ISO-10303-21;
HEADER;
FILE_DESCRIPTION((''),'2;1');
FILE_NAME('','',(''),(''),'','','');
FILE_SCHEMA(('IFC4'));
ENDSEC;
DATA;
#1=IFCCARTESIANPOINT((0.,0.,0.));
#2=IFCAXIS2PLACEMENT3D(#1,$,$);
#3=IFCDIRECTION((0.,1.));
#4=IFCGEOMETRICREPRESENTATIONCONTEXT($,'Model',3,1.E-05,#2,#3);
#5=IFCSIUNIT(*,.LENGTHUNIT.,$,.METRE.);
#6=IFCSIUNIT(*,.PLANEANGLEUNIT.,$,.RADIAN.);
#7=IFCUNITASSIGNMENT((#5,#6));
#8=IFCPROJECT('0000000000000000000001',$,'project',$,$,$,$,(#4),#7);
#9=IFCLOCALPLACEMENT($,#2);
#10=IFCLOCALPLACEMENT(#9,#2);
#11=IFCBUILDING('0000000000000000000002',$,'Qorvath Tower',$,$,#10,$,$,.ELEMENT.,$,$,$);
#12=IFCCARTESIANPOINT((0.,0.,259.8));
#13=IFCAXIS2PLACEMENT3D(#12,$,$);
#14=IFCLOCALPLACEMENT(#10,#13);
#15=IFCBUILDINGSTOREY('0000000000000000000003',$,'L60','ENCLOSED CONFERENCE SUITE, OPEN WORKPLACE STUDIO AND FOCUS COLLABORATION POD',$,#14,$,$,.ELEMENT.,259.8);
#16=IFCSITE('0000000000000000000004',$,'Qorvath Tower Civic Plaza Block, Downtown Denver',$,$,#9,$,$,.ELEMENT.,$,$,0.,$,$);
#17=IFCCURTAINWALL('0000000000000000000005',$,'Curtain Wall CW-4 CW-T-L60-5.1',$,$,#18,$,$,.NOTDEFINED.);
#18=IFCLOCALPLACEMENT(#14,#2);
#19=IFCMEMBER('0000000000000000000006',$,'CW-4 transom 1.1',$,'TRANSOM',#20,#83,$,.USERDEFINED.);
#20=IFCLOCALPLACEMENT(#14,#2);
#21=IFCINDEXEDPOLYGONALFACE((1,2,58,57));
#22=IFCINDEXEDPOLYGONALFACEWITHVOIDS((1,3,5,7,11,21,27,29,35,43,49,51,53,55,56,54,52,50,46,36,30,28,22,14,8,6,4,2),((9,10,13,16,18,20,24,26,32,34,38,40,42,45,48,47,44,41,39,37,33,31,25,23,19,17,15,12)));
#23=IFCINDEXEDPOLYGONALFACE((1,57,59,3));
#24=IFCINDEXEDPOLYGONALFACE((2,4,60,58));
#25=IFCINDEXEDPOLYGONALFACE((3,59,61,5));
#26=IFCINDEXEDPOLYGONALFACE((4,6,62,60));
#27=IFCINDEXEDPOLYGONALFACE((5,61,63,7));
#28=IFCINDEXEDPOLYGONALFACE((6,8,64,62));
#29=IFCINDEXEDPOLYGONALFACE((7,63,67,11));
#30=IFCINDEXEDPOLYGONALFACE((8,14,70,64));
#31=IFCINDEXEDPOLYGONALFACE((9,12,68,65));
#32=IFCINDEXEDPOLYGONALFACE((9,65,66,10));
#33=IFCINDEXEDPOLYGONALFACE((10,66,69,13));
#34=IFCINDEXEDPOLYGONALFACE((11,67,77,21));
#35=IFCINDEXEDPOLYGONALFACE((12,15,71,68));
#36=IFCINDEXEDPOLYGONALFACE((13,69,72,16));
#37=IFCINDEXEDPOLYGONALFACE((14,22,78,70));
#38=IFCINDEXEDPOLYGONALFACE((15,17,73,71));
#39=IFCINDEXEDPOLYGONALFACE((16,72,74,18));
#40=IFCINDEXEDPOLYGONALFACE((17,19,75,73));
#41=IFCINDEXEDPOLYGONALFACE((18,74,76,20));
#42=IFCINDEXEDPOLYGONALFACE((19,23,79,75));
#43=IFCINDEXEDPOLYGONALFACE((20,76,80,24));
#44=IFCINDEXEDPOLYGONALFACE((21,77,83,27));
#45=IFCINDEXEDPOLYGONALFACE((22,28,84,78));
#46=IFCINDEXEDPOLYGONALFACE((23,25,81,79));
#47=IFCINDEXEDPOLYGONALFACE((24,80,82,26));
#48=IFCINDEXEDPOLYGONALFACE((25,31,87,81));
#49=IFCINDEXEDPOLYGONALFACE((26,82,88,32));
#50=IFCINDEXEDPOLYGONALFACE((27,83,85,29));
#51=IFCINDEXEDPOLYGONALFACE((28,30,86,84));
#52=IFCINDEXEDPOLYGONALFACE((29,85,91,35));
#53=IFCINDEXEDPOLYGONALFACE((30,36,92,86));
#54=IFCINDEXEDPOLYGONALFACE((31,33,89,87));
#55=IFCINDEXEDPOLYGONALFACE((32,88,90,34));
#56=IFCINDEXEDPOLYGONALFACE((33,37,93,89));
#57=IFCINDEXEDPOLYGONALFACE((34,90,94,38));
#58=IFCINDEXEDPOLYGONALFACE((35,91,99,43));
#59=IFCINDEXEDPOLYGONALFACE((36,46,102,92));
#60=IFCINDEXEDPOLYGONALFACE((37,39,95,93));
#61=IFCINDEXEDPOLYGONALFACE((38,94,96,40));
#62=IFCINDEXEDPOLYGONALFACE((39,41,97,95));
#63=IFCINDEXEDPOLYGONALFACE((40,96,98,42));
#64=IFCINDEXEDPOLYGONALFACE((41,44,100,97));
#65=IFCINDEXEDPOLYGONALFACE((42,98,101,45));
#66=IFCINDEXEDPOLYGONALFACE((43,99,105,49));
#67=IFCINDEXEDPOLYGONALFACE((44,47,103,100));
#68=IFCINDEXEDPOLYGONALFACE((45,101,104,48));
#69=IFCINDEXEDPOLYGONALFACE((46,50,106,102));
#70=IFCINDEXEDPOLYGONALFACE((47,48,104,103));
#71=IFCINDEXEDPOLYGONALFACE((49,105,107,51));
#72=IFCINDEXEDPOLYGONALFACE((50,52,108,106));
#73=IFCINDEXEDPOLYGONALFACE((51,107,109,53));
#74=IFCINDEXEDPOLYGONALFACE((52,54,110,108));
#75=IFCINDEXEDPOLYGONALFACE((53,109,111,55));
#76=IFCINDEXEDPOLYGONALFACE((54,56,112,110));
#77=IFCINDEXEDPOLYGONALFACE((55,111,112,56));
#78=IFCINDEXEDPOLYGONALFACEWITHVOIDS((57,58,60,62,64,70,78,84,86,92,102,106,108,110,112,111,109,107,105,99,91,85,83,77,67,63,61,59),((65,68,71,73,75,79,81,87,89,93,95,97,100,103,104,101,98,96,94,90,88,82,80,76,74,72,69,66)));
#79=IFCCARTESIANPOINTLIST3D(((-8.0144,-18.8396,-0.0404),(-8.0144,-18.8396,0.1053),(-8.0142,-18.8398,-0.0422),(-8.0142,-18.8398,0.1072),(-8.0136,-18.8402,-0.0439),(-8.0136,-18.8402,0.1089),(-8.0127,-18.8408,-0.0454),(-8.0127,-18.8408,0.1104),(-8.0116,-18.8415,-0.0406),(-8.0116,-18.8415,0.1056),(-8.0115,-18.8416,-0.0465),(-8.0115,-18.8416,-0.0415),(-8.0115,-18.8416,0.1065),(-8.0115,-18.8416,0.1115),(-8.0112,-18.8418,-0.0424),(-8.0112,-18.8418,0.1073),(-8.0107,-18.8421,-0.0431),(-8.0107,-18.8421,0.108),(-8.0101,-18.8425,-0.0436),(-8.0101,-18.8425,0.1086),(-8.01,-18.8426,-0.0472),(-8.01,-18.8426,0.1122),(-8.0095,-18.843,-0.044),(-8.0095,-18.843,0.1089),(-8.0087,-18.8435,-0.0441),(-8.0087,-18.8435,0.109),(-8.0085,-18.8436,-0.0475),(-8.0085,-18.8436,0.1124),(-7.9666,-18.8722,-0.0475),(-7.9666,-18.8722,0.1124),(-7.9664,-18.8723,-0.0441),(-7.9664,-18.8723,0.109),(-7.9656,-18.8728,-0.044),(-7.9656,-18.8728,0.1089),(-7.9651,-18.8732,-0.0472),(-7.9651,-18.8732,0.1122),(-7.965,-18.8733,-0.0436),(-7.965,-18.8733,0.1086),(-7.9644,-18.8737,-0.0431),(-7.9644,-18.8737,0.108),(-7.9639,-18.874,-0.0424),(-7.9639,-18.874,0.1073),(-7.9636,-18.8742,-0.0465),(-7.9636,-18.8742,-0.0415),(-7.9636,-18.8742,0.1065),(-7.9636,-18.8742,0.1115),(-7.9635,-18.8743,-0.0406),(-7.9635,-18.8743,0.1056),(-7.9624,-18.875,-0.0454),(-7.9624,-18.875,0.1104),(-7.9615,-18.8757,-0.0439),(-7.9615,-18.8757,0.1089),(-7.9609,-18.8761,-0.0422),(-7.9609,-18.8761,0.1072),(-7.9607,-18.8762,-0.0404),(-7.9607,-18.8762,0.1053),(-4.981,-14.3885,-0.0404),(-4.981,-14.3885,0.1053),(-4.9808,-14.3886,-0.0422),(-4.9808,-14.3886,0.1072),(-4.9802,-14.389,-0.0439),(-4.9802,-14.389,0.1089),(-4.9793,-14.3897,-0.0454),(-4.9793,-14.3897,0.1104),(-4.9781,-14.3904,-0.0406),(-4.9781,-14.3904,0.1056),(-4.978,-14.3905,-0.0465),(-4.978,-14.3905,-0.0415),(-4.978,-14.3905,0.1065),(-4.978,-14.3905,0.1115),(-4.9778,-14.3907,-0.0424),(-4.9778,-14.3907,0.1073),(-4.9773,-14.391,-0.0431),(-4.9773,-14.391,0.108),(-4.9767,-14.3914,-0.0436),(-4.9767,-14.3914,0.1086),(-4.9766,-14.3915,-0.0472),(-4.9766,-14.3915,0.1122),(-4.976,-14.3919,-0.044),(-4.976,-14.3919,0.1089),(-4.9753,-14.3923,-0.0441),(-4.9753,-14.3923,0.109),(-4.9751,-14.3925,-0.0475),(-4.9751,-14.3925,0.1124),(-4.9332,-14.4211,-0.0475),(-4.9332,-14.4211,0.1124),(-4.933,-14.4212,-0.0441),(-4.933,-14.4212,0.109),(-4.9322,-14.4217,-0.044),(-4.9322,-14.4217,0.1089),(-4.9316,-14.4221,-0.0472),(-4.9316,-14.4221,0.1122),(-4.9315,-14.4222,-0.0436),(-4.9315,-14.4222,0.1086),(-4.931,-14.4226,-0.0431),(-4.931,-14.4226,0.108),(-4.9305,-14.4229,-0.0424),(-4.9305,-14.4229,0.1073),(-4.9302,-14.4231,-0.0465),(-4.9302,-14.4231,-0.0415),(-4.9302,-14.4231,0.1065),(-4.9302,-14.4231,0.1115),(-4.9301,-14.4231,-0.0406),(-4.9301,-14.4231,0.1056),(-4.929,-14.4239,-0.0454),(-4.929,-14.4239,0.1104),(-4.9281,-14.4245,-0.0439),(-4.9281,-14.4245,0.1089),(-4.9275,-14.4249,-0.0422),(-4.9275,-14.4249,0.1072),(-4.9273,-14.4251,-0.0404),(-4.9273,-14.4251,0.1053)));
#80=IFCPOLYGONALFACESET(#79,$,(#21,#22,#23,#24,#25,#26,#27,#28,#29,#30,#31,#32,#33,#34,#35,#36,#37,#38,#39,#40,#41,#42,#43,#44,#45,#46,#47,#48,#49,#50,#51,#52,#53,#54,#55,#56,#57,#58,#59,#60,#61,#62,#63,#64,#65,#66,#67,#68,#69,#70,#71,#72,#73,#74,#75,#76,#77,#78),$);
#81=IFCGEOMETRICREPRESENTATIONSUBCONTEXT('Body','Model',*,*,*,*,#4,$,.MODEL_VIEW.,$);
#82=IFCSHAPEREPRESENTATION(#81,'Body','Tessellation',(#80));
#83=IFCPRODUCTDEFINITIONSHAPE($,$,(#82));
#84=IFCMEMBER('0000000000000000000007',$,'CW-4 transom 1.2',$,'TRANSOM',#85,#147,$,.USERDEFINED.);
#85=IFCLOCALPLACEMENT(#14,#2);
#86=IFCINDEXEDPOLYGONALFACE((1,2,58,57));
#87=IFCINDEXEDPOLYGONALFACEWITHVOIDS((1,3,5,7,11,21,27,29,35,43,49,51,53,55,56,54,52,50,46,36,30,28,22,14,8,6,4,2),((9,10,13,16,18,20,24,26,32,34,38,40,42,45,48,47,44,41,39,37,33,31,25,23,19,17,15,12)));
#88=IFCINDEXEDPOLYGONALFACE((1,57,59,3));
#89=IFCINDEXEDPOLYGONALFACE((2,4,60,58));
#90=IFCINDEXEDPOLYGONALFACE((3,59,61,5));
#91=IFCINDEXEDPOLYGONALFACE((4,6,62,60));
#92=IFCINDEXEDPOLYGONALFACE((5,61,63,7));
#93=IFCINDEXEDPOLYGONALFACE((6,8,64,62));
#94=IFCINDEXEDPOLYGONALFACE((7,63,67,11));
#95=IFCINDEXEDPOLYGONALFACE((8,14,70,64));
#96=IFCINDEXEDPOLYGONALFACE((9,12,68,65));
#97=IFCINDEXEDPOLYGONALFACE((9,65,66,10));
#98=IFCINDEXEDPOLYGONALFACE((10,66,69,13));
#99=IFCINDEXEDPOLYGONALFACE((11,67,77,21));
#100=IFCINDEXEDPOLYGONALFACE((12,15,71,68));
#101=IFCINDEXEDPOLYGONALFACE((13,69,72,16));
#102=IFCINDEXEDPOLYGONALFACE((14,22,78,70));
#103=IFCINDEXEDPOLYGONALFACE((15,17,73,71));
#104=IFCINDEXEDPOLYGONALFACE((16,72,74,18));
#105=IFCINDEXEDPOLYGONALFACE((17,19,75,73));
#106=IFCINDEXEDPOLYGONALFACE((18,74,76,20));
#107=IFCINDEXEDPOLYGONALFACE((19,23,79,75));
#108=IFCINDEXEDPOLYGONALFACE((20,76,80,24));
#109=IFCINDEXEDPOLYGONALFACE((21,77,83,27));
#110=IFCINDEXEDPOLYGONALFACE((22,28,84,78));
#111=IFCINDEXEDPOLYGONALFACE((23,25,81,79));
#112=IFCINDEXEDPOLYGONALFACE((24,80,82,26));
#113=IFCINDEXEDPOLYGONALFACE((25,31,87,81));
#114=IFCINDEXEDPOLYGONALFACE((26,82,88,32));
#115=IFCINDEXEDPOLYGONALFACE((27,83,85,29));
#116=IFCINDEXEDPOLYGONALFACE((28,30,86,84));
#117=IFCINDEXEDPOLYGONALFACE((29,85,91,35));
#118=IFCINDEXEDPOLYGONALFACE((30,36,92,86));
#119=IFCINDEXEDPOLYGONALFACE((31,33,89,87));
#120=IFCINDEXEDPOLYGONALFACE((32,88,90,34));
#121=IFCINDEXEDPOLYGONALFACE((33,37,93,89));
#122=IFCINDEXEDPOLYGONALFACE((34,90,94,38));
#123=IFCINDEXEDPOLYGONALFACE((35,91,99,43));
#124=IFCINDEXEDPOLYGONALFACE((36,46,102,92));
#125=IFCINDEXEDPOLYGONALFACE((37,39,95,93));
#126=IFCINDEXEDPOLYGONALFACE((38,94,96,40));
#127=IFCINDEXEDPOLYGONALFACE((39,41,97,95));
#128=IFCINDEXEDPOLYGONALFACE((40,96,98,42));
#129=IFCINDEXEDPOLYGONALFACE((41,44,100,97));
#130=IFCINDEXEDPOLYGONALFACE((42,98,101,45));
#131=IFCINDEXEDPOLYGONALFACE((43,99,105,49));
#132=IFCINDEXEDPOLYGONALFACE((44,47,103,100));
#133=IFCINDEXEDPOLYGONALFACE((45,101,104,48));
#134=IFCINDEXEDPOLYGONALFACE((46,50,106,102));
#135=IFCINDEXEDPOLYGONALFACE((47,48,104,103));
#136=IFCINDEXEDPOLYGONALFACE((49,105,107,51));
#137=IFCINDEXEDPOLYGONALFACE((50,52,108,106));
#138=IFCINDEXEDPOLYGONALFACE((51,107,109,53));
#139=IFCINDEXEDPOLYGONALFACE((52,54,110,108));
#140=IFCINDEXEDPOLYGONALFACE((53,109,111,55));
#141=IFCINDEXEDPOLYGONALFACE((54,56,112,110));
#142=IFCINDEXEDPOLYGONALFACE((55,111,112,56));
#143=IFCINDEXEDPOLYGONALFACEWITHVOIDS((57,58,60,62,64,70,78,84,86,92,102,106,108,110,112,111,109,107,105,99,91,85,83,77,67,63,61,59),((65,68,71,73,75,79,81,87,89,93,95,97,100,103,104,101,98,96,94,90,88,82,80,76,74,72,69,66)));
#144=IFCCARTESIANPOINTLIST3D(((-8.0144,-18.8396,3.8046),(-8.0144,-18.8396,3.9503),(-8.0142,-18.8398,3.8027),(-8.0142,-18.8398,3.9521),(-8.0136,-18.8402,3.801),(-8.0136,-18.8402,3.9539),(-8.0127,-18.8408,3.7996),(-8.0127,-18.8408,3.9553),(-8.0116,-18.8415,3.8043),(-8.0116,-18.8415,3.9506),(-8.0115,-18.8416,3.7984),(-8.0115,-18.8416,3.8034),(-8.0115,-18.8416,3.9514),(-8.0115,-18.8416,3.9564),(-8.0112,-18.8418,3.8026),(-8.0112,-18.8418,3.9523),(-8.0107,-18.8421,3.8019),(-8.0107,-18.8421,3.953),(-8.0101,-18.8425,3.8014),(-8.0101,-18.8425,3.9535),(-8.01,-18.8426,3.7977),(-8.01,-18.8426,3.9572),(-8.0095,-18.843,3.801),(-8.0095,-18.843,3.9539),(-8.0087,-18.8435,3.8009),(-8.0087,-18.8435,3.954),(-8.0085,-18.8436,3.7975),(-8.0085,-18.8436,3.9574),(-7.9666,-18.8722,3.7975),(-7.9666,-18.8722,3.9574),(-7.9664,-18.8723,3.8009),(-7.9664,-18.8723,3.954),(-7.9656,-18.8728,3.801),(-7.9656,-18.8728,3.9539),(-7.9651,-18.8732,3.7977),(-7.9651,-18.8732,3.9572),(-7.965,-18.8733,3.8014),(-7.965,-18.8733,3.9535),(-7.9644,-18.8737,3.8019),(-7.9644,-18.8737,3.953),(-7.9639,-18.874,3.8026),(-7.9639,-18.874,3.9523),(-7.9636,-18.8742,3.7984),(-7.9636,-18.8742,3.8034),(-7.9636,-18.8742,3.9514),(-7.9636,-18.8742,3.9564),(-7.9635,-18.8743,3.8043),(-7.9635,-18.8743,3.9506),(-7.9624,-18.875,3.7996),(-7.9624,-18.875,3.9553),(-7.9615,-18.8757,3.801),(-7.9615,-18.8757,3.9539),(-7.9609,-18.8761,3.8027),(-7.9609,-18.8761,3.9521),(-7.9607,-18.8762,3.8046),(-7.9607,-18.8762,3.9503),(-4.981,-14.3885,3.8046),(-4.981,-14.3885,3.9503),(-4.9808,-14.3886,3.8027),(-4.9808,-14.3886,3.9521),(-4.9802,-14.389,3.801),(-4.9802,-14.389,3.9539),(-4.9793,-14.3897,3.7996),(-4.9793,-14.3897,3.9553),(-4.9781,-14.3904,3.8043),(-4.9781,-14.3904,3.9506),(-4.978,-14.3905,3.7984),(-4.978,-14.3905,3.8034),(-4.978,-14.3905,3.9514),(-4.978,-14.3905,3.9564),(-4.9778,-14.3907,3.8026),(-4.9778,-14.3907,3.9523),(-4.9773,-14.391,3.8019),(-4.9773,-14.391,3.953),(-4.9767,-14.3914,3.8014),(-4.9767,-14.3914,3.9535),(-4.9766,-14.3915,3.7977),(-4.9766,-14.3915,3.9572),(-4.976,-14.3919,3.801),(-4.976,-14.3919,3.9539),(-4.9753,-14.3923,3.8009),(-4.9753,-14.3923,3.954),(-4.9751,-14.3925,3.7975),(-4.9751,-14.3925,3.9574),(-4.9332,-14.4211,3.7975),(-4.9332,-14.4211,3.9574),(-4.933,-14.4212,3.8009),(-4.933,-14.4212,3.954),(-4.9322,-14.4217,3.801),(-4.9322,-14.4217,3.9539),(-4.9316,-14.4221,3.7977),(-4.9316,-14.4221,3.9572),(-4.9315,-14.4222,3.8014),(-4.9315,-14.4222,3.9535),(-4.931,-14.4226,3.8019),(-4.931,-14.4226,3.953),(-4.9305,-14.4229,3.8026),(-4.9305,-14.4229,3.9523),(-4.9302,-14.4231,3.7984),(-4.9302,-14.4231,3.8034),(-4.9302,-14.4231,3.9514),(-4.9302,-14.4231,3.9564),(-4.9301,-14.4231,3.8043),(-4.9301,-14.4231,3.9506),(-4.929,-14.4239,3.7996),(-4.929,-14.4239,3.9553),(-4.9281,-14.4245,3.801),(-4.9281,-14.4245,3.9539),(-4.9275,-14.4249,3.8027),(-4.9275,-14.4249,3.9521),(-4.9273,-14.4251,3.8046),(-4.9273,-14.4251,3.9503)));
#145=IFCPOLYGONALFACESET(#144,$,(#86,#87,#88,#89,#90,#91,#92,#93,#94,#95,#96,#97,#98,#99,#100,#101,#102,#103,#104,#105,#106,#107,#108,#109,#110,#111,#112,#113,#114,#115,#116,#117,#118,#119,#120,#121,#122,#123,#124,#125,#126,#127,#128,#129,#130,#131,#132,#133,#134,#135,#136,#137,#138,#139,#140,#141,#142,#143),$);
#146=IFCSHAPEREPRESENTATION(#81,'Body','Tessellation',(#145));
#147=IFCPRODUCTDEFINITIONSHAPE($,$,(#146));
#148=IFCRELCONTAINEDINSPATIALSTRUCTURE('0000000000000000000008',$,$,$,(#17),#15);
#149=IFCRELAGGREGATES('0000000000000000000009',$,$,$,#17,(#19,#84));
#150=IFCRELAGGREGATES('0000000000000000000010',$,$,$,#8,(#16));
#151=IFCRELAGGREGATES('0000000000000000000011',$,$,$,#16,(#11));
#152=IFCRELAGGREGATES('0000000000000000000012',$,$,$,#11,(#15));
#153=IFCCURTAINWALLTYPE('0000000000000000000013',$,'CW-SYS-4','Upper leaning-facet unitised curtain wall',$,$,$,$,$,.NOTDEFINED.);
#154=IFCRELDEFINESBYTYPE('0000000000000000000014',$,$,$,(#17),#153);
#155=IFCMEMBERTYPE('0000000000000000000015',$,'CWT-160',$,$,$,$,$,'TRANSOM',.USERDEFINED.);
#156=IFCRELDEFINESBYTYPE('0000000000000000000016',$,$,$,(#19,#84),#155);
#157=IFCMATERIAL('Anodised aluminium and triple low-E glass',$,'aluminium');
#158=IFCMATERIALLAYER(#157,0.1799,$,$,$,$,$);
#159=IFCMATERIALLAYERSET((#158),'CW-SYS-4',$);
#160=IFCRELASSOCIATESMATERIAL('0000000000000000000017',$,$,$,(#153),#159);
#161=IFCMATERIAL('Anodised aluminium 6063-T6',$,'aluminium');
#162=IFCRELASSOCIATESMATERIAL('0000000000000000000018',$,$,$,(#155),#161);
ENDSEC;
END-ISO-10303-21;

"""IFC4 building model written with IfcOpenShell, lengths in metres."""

from ifc_helpers import new_model, si_unit, direction, frame, origin, origin_2d, place, context, subcontext, project, spatial, hollow_rectangle, extrude, material, layer, layer_set, material_profile, profile_set, type_object, element, aggregate, save


model = new_model("IFC4")

# Units and contexts
model_context = context("Model", 3, precision=1e-05, world=origin(), true_north=direction((0.0, 1.0)))
body_context = subcontext(model_context, "Body", "Model", "MODEL_VIEW")
ifc_project = project(units=[si_unit("LENGTHUNIT", "METRE"), si_unit("PLANEANGLEUNIT", "RADIAN")], contexts=[model_context])

# Site, building, storey
site_placement = place(None, origin())
site = spatial("IfcSite", under=ifc_project, at=site_placement, Name="Qorvath Tower Civic Plaza Block, Downtown Denver", CompositionType="ELEMENT", RefElevation=0.0)
building_placement = place(site_placement, origin())
building = spatial("IfcBuilding", under=site, at=building_placement, Name="Qorvath Tower", CompositionType="ELEMENT")
storey_placement = place(building_placement, frame((0.0, 0.0, 259.8)))
storey = spatial("IfcBuildingStorey", under=building, at=storey_placement, Name="L60", Description="ENCLOSED CONFERENCE SUITE, OPEN WORKPLACE STUDIO AND FOCUS COLLABORATION POD", CompositionType="ELEMENT", Elevation=259.8)

# Shared definitions
ifc_material_1 = material(Name="Anodised aluminium and triple low-E glass", Category="aluminium")
ifc_layer_1 = layer(ifc_material_1, 0.1799)
ifc_layer_set_1 = layer_set([ifc_layer_1], Name="CW-SYS-4")
curtain_wall_type = type_object("IfcCurtainWallType", Name="CW-SYS-4", Description="Upper leaning-facet unitised curtain wall", PredefinedType="NOTDEFINED", material=ifc_layer_set_1)

# Curtain wall
curtain_wall_1_placement = place(storey_placement, origin())
curtain_wall_1 = element("IfcCurtainWall", 1, at=curtain_wall_1_placement, inside=storey, type_object=curtain_wall_type, Name="Curtain Wall CW-4 CW-T-L60-5.1", PredefinedType="NOTDEFINED")

# Members
ifc_material_2 = material(Name="Anodised aluminium 6063-T6", Category="aluminium")
ifc_material_profile_1 = material_profile(ifc_material_2, hollow_rectangle(XDim=0.0649, YDim=0.1599, WallThickness=0.0034, InnerFilletRadius=0.0034, OuterFilletRadius=0.0071, at=origin_2d()), Name="CWT 160x65")
ifc_profile_set_1 = profile_set([ifc_material_profile_1], Name="Anodised aluminium 6063-T6")
member_type_1 = type_object("IfcMemberType", Name="CWT-160", ElementType="TRANSOM", PredefinedType="USERDEFINED", material=ifc_profile_set_1)
member_1_placement = place(storey_placement, frame((-7.9875, -18.8579, 0.0325), z_axis=(0.563154, 0.826352, 0.0), x_axis=(-0.826352, 0.563154, 0.0)))
member_1 = element("IfcMember", 2, at=member_1_placement, type_object=member_type_1, Name="CW-4 transom 1.1", ObjectType="TRANSOM", PredefinedType="USERDEFINED", context=body_context, shape_type="SweptSolid", body=[
    extrude(hollow_rectangle(XDim=0.0649, YDim=0.1599, WallThickness=0.0034, InnerFilletRadius=0.0034, OuterFilletRadius=0.0071, at=origin_2d()), origin(), (0.0, 0.0, 1.0), 5.3865),
])
member_2_placement = place(storey_placement, frame((-7.9875, -18.8579, 3.8774), z_axis=(0.563154, 0.826352, 0.0), x_axis=(-0.826352, 0.563154, 0.0)))
member_2 = element("IfcMember", 3, at=member_2_placement, type_object=member_type_1, Name="CW-4 transom 1.2", ObjectType="TRANSOM", PredefinedType="USERDEFINED", context=body_context, shape_type="SweptSolid", body=[
    extrude(hollow_rectangle(XDim=0.0649, YDim=0.1599, WallThickness=0.0034, InnerFilletRadius=0.0034, OuterFilletRadius=0.0071, at=origin_2d()), origin(), (0.0, 0.0, 1.0), 5.3865),
])

aggregate(curtain_wall_1, [member_1, member_2])

save(model, "model.ifc")
